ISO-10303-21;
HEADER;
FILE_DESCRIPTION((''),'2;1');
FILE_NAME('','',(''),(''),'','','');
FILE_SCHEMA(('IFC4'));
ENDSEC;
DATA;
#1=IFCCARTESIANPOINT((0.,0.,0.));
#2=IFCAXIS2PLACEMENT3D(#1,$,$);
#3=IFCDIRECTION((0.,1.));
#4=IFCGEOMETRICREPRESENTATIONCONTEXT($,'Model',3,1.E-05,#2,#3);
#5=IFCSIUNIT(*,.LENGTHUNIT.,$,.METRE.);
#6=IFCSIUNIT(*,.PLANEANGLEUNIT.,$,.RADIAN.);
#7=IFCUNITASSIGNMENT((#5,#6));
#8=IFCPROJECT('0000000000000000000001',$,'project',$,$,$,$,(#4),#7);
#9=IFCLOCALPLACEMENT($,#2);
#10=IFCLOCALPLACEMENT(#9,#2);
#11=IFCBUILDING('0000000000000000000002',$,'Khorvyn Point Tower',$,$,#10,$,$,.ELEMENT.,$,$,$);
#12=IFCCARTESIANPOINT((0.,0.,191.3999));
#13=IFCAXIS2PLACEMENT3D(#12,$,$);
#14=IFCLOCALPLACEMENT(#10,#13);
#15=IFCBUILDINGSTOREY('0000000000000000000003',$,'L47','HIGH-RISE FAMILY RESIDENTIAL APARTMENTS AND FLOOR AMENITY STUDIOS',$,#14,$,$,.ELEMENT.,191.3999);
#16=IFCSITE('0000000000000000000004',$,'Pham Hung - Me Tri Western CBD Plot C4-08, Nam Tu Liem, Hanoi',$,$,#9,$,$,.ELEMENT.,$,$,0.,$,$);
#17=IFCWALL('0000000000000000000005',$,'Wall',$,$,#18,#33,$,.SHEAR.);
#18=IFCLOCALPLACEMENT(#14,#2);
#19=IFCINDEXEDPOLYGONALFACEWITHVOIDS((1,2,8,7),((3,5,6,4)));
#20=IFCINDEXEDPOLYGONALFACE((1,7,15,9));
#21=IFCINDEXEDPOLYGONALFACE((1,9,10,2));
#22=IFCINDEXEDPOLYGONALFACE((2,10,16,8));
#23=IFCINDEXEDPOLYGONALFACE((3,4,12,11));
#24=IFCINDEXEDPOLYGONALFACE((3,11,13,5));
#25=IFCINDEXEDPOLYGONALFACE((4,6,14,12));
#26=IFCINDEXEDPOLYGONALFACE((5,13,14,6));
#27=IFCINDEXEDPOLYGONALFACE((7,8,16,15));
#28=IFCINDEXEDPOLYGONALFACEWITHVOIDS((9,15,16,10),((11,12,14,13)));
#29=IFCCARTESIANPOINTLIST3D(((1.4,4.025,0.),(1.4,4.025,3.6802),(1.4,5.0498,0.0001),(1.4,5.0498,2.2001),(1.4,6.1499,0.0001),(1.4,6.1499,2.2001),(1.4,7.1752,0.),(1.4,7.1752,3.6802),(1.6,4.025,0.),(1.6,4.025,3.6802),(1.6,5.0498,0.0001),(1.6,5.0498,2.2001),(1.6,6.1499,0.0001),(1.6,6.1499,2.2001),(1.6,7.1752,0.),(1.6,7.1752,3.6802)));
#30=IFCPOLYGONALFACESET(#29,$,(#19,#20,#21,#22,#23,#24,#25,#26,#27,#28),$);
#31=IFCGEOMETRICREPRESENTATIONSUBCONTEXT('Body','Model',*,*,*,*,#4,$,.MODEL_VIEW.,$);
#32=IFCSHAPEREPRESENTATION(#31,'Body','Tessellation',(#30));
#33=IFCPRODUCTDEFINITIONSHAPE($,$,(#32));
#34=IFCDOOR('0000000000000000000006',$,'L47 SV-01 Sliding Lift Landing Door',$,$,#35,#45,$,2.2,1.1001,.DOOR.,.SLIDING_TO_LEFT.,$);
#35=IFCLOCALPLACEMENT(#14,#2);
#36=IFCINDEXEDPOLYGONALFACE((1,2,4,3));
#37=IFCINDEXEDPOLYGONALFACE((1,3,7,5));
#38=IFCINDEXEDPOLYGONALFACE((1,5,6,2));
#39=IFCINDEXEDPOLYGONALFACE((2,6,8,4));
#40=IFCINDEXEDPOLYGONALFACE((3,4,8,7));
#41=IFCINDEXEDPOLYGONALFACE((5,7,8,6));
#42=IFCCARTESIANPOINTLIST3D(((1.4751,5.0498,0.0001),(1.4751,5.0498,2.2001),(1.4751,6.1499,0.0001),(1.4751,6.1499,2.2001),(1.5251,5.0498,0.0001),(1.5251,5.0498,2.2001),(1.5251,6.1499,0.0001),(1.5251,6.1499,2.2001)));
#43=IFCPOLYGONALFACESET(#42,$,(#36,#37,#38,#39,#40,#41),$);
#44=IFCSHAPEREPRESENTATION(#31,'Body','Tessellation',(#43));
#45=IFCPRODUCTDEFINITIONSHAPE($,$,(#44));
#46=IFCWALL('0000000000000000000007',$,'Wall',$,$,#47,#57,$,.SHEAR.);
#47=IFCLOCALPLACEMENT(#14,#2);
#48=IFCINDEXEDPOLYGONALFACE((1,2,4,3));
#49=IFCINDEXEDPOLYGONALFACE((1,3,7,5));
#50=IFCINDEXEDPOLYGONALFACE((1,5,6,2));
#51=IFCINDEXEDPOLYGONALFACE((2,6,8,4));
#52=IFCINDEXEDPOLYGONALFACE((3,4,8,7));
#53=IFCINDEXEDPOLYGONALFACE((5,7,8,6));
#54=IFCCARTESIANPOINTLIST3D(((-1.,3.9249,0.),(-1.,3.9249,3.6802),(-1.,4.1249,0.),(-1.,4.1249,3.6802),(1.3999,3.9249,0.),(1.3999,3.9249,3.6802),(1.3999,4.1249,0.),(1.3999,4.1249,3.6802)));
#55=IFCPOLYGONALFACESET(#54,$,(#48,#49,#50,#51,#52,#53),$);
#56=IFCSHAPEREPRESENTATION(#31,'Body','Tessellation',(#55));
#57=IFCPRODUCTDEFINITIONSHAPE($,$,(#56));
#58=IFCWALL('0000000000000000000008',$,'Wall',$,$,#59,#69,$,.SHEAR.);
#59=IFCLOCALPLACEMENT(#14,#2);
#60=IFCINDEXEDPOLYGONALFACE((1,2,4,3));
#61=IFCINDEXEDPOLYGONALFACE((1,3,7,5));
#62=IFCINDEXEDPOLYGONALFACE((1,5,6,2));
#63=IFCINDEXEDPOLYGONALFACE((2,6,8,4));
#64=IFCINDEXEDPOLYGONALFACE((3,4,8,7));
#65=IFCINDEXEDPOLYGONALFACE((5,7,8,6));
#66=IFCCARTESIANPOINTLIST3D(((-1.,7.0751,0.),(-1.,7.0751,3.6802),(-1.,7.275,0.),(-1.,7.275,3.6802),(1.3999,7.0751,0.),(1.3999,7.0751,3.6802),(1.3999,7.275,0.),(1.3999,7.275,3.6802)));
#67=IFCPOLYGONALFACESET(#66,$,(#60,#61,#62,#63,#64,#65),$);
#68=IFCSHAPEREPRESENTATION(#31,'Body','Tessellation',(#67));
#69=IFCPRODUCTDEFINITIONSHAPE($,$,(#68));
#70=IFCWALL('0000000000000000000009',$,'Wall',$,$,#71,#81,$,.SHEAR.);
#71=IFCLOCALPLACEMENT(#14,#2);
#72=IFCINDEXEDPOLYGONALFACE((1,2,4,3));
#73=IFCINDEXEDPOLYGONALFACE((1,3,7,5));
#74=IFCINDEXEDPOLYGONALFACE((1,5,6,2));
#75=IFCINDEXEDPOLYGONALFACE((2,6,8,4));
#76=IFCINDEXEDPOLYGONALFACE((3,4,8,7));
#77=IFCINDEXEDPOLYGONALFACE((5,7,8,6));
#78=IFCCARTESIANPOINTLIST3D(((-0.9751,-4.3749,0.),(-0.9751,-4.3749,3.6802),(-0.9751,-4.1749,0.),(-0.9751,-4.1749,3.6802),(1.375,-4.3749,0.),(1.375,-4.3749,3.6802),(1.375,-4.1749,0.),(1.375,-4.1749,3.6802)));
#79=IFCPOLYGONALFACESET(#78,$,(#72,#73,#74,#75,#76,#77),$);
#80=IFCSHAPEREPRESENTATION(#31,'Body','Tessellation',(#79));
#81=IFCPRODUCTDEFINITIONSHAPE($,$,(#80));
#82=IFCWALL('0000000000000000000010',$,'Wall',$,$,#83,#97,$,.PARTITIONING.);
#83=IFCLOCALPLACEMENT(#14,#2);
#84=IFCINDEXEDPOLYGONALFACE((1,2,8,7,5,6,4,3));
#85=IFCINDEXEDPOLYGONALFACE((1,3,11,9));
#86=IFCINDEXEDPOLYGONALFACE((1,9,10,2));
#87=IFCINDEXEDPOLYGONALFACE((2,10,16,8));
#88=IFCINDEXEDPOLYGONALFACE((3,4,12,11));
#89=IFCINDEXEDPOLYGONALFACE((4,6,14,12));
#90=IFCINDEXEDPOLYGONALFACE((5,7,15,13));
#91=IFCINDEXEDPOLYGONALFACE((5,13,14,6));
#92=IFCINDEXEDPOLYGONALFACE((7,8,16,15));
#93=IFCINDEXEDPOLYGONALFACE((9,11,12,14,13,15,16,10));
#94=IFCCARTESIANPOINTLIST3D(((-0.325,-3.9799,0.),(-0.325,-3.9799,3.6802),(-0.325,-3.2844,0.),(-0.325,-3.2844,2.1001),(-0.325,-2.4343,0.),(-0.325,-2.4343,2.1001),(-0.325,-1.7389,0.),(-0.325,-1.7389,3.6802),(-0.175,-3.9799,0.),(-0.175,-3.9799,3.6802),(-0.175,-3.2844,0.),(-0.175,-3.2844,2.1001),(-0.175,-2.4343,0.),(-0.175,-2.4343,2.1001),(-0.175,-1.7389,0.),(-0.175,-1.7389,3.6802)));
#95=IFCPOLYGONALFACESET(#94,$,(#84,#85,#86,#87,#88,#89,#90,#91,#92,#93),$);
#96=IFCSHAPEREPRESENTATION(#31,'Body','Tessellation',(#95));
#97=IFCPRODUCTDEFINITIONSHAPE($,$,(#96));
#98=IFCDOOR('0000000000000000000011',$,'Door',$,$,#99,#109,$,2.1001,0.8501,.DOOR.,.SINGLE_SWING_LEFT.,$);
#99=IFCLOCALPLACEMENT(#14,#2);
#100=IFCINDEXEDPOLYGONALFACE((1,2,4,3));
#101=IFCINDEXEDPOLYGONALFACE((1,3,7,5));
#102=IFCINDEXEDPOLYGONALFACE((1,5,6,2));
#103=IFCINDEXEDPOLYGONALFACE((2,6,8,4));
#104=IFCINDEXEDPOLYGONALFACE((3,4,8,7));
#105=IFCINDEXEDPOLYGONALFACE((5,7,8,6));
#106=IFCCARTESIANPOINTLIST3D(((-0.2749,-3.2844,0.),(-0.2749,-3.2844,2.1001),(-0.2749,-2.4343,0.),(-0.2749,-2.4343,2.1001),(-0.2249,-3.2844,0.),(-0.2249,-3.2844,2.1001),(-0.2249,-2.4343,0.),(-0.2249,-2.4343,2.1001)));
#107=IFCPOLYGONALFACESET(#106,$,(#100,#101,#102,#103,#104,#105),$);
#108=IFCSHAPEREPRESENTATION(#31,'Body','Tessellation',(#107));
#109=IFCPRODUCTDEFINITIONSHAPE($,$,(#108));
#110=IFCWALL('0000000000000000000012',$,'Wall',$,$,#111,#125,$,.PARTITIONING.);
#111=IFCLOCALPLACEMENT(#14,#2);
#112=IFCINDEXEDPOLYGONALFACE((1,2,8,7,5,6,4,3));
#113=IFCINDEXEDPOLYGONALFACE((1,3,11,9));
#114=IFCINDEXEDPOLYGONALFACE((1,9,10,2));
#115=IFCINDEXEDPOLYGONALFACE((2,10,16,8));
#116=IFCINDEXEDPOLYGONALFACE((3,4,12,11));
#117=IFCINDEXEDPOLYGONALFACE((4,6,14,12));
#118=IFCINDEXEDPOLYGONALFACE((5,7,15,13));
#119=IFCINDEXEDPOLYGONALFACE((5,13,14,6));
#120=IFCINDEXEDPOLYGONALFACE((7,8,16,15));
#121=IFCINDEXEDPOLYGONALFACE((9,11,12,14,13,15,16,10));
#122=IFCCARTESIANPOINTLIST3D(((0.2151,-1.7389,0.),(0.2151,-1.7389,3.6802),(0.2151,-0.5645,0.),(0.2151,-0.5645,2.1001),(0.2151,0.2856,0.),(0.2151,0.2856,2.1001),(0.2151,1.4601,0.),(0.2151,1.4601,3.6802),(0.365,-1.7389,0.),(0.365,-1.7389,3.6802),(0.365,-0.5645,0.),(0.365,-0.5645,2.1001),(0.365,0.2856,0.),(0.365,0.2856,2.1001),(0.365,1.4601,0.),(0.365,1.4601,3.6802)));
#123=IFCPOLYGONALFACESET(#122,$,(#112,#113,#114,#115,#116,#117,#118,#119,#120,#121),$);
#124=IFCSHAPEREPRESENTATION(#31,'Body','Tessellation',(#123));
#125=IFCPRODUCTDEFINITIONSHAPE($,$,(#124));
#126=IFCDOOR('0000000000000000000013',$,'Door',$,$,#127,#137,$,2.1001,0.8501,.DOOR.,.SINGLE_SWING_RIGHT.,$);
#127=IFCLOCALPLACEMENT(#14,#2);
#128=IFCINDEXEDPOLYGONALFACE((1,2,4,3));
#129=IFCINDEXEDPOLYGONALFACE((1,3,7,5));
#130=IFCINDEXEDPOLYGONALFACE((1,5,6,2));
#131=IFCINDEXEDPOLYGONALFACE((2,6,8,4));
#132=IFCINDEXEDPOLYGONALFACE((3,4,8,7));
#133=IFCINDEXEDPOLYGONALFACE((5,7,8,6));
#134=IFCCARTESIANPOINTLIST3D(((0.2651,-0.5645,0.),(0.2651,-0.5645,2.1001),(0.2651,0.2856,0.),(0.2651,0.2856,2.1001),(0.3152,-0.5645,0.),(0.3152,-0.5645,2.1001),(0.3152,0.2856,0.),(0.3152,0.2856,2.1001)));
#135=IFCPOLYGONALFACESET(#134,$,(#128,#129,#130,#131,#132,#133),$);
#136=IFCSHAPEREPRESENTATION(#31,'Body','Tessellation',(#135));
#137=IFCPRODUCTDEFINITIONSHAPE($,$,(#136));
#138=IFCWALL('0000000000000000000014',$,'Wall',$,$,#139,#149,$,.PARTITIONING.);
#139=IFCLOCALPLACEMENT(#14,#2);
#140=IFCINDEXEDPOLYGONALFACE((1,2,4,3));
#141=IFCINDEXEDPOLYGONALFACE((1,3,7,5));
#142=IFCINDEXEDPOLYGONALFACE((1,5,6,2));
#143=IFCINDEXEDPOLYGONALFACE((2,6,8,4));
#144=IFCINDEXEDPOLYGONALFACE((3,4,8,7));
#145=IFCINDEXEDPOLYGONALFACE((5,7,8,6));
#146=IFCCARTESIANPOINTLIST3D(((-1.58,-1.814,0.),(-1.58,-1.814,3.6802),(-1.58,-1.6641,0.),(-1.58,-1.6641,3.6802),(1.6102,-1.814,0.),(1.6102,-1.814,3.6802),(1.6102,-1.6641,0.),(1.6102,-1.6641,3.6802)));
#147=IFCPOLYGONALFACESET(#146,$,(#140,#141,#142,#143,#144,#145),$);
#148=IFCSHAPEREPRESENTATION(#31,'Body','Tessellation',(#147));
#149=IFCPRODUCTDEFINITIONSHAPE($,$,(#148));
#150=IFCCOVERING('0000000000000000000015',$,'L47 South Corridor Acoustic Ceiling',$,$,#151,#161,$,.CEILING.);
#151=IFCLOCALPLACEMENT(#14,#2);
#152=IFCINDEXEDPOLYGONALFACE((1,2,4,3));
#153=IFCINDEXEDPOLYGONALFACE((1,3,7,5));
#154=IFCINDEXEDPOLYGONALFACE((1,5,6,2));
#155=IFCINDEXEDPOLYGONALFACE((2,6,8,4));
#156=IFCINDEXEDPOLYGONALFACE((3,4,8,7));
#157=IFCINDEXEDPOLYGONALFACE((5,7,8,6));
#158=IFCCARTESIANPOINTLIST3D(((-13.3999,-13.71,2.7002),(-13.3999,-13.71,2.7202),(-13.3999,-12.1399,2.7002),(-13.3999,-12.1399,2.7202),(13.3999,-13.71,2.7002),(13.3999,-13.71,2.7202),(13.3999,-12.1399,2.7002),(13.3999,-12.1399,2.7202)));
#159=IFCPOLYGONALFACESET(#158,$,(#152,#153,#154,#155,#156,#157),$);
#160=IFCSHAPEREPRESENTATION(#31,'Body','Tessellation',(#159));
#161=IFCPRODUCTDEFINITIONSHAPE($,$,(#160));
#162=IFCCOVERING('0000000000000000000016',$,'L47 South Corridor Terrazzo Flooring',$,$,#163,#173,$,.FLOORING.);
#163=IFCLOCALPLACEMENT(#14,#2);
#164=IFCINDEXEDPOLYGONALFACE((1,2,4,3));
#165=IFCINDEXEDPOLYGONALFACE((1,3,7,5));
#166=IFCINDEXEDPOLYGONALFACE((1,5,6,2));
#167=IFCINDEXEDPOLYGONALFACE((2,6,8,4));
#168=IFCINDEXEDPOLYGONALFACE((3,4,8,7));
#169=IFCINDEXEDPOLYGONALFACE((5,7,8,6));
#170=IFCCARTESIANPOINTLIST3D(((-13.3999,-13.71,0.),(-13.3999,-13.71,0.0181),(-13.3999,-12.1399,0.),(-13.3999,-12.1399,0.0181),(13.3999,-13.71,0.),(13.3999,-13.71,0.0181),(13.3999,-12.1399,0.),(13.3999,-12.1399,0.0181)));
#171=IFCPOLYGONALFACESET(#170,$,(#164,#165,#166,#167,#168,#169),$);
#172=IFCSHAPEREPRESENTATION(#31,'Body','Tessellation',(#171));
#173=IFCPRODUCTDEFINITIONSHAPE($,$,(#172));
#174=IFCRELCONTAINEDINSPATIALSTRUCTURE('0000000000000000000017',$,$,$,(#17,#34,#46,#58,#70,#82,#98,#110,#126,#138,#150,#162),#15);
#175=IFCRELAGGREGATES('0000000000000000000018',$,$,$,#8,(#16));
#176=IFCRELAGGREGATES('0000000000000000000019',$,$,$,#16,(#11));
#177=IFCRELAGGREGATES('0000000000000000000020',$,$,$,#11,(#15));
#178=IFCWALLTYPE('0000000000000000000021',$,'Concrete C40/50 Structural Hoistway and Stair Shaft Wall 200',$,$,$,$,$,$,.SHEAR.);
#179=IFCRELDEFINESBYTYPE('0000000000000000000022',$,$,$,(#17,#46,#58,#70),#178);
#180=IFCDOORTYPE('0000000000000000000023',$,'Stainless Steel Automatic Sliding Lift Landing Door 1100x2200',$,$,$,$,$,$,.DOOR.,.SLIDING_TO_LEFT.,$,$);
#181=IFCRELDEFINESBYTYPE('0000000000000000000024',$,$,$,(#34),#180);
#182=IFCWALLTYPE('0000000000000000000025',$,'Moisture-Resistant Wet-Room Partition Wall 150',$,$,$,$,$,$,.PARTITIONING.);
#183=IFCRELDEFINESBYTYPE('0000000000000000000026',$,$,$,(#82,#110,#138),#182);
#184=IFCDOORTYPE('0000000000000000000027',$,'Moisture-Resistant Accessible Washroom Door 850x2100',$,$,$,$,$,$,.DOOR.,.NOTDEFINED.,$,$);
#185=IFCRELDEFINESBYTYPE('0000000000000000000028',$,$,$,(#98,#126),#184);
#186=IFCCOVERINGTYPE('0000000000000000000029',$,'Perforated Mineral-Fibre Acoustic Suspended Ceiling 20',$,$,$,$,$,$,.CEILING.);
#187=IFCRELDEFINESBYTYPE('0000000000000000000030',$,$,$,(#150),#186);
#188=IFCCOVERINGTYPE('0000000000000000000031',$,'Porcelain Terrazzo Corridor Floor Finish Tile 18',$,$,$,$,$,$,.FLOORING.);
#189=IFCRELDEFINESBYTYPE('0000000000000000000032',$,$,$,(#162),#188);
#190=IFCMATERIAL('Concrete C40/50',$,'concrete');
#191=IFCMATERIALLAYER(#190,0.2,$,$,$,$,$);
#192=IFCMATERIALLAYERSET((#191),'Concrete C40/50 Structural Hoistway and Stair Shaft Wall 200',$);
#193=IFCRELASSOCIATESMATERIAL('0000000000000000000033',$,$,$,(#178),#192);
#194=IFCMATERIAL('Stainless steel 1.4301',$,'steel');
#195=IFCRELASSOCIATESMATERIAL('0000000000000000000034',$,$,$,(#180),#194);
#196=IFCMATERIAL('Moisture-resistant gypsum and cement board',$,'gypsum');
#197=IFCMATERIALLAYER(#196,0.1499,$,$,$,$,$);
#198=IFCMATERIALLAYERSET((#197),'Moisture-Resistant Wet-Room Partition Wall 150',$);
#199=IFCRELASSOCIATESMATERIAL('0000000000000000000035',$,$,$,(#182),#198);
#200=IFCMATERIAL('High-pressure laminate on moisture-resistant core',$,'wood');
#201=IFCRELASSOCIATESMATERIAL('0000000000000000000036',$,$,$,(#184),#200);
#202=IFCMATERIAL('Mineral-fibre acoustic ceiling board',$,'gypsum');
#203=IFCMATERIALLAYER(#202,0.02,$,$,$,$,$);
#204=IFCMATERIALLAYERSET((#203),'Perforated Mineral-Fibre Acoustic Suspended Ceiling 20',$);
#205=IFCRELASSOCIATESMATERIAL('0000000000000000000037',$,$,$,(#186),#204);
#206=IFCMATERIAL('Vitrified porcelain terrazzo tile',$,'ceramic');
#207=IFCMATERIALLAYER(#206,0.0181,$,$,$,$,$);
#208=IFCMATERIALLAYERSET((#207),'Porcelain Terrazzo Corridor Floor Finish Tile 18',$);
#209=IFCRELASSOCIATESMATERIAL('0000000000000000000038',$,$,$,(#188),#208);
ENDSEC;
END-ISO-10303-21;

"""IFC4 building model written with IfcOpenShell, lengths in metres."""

from ifc_helpers import new_model, si_unit, direction, frame, frame_2d, origin, place, context, subcontext, project, spatial, polyline, rectangle, outline, extrude, material, layer, layer_set, type_object, element, fill, save


model = new_model("IFC4")

# Units and contexts
model_context = context("Model", 3, precision=1e-05, world=origin(), true_north=direction((0.0, 1.0)))
body_context = subcontext(model_context, "Body", "Model", "MODEL_VIEW")
ifc_project = project(units=[si_unit("LENGTHUNIT", "METRE"), si_unit("PLANEANGLEUNIT", "RADIAN")], contexts=[model_context])

# Site, building, storey
site_placement = place(None, origin())
site = spatial("IfcSite", under=ifc_project, at=site_placement, Name="Pham Hung - Me Tri Western CBD Plot C4-08, Nam Tu Liem, Hanoi", CompositionType="ELEMENT", RefElevation=0.0)
building_placement = place(site_placement, origin())
building = spatial("IfcBuilding", under=site, at=building_placement, Name="Khorvyn Point Tower", CompositionType="ELEMENT")
storey_placement = place(building_placement, frame((0.0, 0.0, 191.3999)))
storey = spatial("IfcBuildingStorey", under=building, at=storey_placement, Name="L47", Description="HIGH-RISE FAMILY RESIDENTIAL APARTMENTS AND FLOOR AMENITY STUDIOS", CompositionType="ELEMENT", Elevation=191.3999)

# Shared definitions
ifc_material_1 = material(Name="Concrete C40/50", Category="concrete")

# Shared definitions
ifc_layer_1 = layer(ifc_material_1, 0.2)
ifc_layer_set_1 = layer_set([ifc_layer_1], Name="Concrete C40/50 Structural Hoistway and Stair Shaft Wall 200")
wall_type_1 = type_object("IfcWallType", Name="Concrete C40/50 Structural Hoistway and Stair Shaft Wall 200", PredefinedType="SHEAR", material=ifc_layer_set_1)

# Wall, opening, door
wall_1_placement = place(storey_placement, frame((1.5, 4.0249, 0.0), z_axis=(0.0, 0.0, 1.0), x_axis=(0.0, 1.0, 0.0)))
wall_1 = element("IfcWall", 1, at=wall_1_placement, inside=storey, type_object=wall_type_1, Name="Wall", PredefinedType="SHEAR", context=body_context, shape_type="SweptSolid", body=[
    extrude(rectangle(XDim=3.1501, YDim=0.2, at=frame_2d((1.5752, 0.0))), origin(), (0.0, 0.0, 1.0), 3.6802),
])
opening_1_placement = place(wall_1_placement, frame((1.0249, 0.0, 0.0)))
opening_1 = element("IfcOpeningElement", 2, at=opening_1_placement, cuts=wall_1, PredefinedType="OPENING", context=body_context, shape_type="SweptSolid", body=[
    extrude(rectangle(XDim=1.1001, YDim=2.2, at=frame_2d((0.55, 1.1001))), frame((0.0, 0.1099, 0.0), z_axis=(0.0, -1.0, 0.0), x_axis=(1.0, 0.0, 0.0)), (0.0, 0.0, 1.0), 0.22),
])
ifc_material_2 = material(Name="Stainless steel 1.4301", Category="steel")
door_type_1 = type_object("IfcDoorType", Name="Stainless Steel Automatic Sliding Lift Landing Door 1100x2200", OperationType="SLIDING_TO_LEFT", PredefinedType="DOOR", material=ifc_material_2)
door_1_placement = place(opening_1_placement, origin())
door_1 = element("IfcDoor", 3, at=door_1_placement, inside=storey, type_object=door_type_1, Name="L47 SV-01 Sliding Lift Landing Door", OperationType="SLIDING_TO_LEFT", OverallHeight=2.2, OverallWidth=1.1001, PredefinedType="DOOR", context=body_context, shape_type="SweptSolid", body=[
    extrude(rectangle(XDim=1.1001, YDim=2.2, at=frame_2d((0.55, 1.1001))), frame((0.0, 0.0249, 0.0), z_axis=(0.0, -1.0, 0.0), x_axis=(1.0, 0.0, 0.0)), (0.0, 0.0, 1.0), 0.05),
])
fill(opening_1, door_1)

# Walls
for number, where, z_axis, x_axis, name in (
    (4, (-1.0, 4.0249, 0.0), (0.0, 0.0, 1.0), (1.0, 0.0, 0.0), "Wall"),
    (5, (-1.0, 7.175, 0.0), (0.0, 0.0, 1.0), (1.0, 0.0, 0.0), "Wall"),
):
    element("IfcWall", number, at=place(storey_placement, frame(where, z_axis=z_axis, x_axis=x_axis)), inside=storey, type_object=wall_type_1, Name=name, PredefinedType="SHEAR", context=body_context, shape_type="SweptSolid", body=[
        extrude(rectangle(XDim=2.3999, YDim=0.2, at=frame_2d((1.2, 0.0))), origin(), (0.0, 0.0, 1.0), 3.6802),
    ])
wall_2_placement = place(storey_placement, frame((-0.9751, -4.2749, 0.0), z_axis=(0.0, 0.0, 1.0), x_axis=(1.0, 0.0, 0.0)))
element("IfcWall", 6, at=wall_2_placement, inside=storey, type_object=wall_type_1, Name="Wall", PredefinedType="SHEAR", context=body_context, shape_type="SweptSolid", body=[
    extrude(rectangle(XDim=2.3501, YDim=0.2, at=frame_2d((1.175, 0.0))), origin(), (0.0, 0.0, 1.0), 3.6802),
])

# Walls, openings, doors
ifc_material_3 = material(Name="Moisture-resistant gypsum and cement board", Category="gypsum")
ifc_layer_2 = layer(ifc_material_3, 0.1499)
ifc_layer_set_2 = layer_set([ifc_layer_2], Name="Moisture-Resistant Wet-Room Partition Wall 150")
wall_type_2 = type_object("IfcWallType", Name="Moisture-Resistant Wet-Room Partition Wall 150", PredefinedType="PARTITIONING", material=ifc_layer_set_2)
wall_3_placement = place(storey_placement, frame((-0.25, -3.98, 0.0), z_axis=(0.0, 0.0, 1.0), x_axis=(0.0, 1.0, 0.0)))
wall_3 = element("IfcWall", 7, at=wall_3_placement, inside=storey, type_object=wall_type_2, Name="Wall", PredefinedType="PARTITIONING", context=body_context, shape_type="SweptSolid", body=[
    extrude(rectangle(XDim=2.241, YDim=0.1499, at=frame_2d((1.1206, 0.0))), origin(), (0.0, 0.0, 1.0), 3.6802),
])
opening_2_placement = place(wall_3_placement, frame((0.6956, 0.0, 0.0)))
opening_2 = element("IfcOpeningElement", 8, at=opening_2_placement, cuts=wall_3, PredefinedType="OPENING", context=body_context, shape_type="SweptSolid", body=[
    extrude(rectangle(XDim=0.8501, YDim=2.1001, at=frame_2d((0.425, 1.05))), frame((0.0, 0.085, 0.0), z_axis=(0.0, -1.0, 0.0), x_axis=(1.0, 0.0, 0.0)), (0.0, 0.0, 1.0), 0.1699),
])
ifc_material_4 = material(Name="High-pressure laminate on moisture-resistant core", Category="wood")
door_type_2 = type_object("IfcDoorType", Name="Moisture-Resistant Accessible Washroom Door 850x2100", OperationType="NOTDEFINED", PredefinedType="DOOR", material=ifc_material_4)
door_2_placement = place(opening_2_placement, origin())
door_2 = element("IfcDoor", 9, at=door_2_placement, inside=storey, type_object=door_type_2, Name="Door", OperationType="SINGLE_SWING_LEFT", OverallHeight=2.1001, OverallWidth=0.8501, PredefinedType="DOOR", context=body_context, shape_type="SweptSolid", body=[
    extrude(rectangle(XDim=0.8501, YDim=2.1001, at=frame_2d((0.425, 1.05))), frame((0.0, 0.0249, 0.0), z_axis=(0.0, -1.0, 0.0), x_axis=(1.0, 0.0, 0.0)), (0.0, 0.0, 1.0), 0.05),
])
fill(opening_2, door_2)
wall_4_placement = place(storey_placement, frame((0.29, -1.739, 0.0), z_axis=(0.0, 0.0, 1.0), x_axis=(0.0, 1.0, 0.0)))
wall_4 = element("IfcWall", 10, at=wall_4_placement, inside=storey, type_object=wall_type_2, Name="Wall", PredefinedType="PARTITIONING", context=body_context, shape_type="SweptSolid", body=[
    extrude(rectangle(XDim=3.199, YDim=0.1499, at=frame_2d((1.5996, 0.0))), origin(), (0.0, 0.0, 1.0), 3.6802),
])
opening_3_placement = place(wall_4_placement, frame((1.1746, 0.0, 0.0)))
opening_3 = element("IfcOpeningElement", 11, at=opening_3_placement, cuts=wall_4, PredefinedType="OPENING", context=body_context, shape_type="SweptSolid", body=[
    extrude(rectangle(XDim=0.8501, YDim=2.1001, at=frame_2d((0.425, 1.05))), frame((0.0, 0.085, 0.0), z_axis=(0.0, -1.0, 0.0), x_axis=(1.0, 0.0, 0.0)), (0.0, 0.0, 1.0), 0.1699),
])
door_3_placement = place(opening_3_placement, origin())
door_3 = element("IfcDoor", 12, at=door_3_placement, inside=storey, type_object=door_type_2, Name="Door", OperationType="SINGLE_SWING_RIGHT", OverallHeight=2.1001, OverallWidth=0.8501, PredefinedType="DOOR", context=body_context, shape_type="SweptSolid", body=[
    extrude(rectangle(XDim=0.8501, YDim=2.1001, at=frame_2d((0.425, 1.05))), frame((0.0, 0.0249, 0.0), z_axis=(0.0, -1.0, 0.0), x_axis=(1.0, 0.0, 0.0)), (0.0, 0.0, 1.0), 0.05),
])
fill(opening_3, door_3)

# Wall
wall_5_placement = place(storey_placement, frame((-1.5801, -1.739, 0.0), z_axis=(0.0, 0.0, 1.0), x_axis=(1.0, 0.0, 0.0)))
element("IfcWall", 13, at=wall_5_placement, inside=storey, type_object=wall_type_2, Name="Wall", PredefinedType="PARTITIONING", context=body_context, shape_type="SweptSolid", body=[
    extrude(rectangle(XDim=3.1902, YDim=0.1499, at=frame_2d((1.5952, 0.0))), origin(), (0.0, 0.0, 1.0), 3.6802),
])

# Coverings
ifc_material_5 = material(Name="Mineral-fibre acoustic ceiling board", Category="gypsum")
ifc_layer_3 = layer(ifc_material_5, 0.02)
ifc_layer_set_3 = layer_set([ifc_layer_3], Name="Perforated Mineral-Fibre Acoustic Suspended Ceiling 20")
covering_type_1 = type_object("IfcCoveringType", Name="Perforated Mineral-Fibre Acoustic Suspended Ceiling 20", PredefinedType="CEILING", material=ifc_layer_set_3)
covering_1_placement = place(storey_placement, frame((0.0, 0.0, 2.7002)))
element("IfcCovering", 14, at=covering_1_placement, inside=storey, type_object=covering_type_1, Name="L47 South Corridor Acoustic Ceiling", PredefinedType="CEILING", context=body_context, shape_type="SweptSolid", body=[
    extrude(outline(polyline([(-13.3999, -13.71), (13.3999, -13.71), (13.3999, -12.1399), (-13.3999, -12.1399), (-13.3999, -13.71)])), origin(), (0.0, 0.0, 1.0), 0.02),
])
ifc_material_6 = material(Name="Vitrified porcelain terrazzo tile", Category="ceramic")
ifc_layer_4 = layer(ifc_material_6, 0.0181)
ifc_layer_set_4 = layer_set([ifc_layer_4], Name="Porcelain Terrazzo Corridor Floor Finish Tile 18")
covering_type_2 = type_object("IfcCoveringType", Name="Porcelain Terrazzo Corridor Floor Finish Tile 18", PredefinedType="FLOORING", material=ifc_layer_set_4)
covering_2_placement = place(storey_placement, origin())
element("IfcCovering", 15, at=covering_2_placement, inside=storey, type_object=covering_type_2, Name="L47 South Corridor Terrazzo Flooring", PredefinedType="FLOORING", context=body_context, shape_type="SweptSolid", body=[
    extrude(outline(polyline([(-13.3999, -13.71), (13.3999, -13.71), (13.3999, -12.1399), (-13.3999, -12.1399), (-13.3999, -13.71)])), origin(), (0.0, 0.0, 1.0), 0.0181),
])

save(model, "model.ifc")
